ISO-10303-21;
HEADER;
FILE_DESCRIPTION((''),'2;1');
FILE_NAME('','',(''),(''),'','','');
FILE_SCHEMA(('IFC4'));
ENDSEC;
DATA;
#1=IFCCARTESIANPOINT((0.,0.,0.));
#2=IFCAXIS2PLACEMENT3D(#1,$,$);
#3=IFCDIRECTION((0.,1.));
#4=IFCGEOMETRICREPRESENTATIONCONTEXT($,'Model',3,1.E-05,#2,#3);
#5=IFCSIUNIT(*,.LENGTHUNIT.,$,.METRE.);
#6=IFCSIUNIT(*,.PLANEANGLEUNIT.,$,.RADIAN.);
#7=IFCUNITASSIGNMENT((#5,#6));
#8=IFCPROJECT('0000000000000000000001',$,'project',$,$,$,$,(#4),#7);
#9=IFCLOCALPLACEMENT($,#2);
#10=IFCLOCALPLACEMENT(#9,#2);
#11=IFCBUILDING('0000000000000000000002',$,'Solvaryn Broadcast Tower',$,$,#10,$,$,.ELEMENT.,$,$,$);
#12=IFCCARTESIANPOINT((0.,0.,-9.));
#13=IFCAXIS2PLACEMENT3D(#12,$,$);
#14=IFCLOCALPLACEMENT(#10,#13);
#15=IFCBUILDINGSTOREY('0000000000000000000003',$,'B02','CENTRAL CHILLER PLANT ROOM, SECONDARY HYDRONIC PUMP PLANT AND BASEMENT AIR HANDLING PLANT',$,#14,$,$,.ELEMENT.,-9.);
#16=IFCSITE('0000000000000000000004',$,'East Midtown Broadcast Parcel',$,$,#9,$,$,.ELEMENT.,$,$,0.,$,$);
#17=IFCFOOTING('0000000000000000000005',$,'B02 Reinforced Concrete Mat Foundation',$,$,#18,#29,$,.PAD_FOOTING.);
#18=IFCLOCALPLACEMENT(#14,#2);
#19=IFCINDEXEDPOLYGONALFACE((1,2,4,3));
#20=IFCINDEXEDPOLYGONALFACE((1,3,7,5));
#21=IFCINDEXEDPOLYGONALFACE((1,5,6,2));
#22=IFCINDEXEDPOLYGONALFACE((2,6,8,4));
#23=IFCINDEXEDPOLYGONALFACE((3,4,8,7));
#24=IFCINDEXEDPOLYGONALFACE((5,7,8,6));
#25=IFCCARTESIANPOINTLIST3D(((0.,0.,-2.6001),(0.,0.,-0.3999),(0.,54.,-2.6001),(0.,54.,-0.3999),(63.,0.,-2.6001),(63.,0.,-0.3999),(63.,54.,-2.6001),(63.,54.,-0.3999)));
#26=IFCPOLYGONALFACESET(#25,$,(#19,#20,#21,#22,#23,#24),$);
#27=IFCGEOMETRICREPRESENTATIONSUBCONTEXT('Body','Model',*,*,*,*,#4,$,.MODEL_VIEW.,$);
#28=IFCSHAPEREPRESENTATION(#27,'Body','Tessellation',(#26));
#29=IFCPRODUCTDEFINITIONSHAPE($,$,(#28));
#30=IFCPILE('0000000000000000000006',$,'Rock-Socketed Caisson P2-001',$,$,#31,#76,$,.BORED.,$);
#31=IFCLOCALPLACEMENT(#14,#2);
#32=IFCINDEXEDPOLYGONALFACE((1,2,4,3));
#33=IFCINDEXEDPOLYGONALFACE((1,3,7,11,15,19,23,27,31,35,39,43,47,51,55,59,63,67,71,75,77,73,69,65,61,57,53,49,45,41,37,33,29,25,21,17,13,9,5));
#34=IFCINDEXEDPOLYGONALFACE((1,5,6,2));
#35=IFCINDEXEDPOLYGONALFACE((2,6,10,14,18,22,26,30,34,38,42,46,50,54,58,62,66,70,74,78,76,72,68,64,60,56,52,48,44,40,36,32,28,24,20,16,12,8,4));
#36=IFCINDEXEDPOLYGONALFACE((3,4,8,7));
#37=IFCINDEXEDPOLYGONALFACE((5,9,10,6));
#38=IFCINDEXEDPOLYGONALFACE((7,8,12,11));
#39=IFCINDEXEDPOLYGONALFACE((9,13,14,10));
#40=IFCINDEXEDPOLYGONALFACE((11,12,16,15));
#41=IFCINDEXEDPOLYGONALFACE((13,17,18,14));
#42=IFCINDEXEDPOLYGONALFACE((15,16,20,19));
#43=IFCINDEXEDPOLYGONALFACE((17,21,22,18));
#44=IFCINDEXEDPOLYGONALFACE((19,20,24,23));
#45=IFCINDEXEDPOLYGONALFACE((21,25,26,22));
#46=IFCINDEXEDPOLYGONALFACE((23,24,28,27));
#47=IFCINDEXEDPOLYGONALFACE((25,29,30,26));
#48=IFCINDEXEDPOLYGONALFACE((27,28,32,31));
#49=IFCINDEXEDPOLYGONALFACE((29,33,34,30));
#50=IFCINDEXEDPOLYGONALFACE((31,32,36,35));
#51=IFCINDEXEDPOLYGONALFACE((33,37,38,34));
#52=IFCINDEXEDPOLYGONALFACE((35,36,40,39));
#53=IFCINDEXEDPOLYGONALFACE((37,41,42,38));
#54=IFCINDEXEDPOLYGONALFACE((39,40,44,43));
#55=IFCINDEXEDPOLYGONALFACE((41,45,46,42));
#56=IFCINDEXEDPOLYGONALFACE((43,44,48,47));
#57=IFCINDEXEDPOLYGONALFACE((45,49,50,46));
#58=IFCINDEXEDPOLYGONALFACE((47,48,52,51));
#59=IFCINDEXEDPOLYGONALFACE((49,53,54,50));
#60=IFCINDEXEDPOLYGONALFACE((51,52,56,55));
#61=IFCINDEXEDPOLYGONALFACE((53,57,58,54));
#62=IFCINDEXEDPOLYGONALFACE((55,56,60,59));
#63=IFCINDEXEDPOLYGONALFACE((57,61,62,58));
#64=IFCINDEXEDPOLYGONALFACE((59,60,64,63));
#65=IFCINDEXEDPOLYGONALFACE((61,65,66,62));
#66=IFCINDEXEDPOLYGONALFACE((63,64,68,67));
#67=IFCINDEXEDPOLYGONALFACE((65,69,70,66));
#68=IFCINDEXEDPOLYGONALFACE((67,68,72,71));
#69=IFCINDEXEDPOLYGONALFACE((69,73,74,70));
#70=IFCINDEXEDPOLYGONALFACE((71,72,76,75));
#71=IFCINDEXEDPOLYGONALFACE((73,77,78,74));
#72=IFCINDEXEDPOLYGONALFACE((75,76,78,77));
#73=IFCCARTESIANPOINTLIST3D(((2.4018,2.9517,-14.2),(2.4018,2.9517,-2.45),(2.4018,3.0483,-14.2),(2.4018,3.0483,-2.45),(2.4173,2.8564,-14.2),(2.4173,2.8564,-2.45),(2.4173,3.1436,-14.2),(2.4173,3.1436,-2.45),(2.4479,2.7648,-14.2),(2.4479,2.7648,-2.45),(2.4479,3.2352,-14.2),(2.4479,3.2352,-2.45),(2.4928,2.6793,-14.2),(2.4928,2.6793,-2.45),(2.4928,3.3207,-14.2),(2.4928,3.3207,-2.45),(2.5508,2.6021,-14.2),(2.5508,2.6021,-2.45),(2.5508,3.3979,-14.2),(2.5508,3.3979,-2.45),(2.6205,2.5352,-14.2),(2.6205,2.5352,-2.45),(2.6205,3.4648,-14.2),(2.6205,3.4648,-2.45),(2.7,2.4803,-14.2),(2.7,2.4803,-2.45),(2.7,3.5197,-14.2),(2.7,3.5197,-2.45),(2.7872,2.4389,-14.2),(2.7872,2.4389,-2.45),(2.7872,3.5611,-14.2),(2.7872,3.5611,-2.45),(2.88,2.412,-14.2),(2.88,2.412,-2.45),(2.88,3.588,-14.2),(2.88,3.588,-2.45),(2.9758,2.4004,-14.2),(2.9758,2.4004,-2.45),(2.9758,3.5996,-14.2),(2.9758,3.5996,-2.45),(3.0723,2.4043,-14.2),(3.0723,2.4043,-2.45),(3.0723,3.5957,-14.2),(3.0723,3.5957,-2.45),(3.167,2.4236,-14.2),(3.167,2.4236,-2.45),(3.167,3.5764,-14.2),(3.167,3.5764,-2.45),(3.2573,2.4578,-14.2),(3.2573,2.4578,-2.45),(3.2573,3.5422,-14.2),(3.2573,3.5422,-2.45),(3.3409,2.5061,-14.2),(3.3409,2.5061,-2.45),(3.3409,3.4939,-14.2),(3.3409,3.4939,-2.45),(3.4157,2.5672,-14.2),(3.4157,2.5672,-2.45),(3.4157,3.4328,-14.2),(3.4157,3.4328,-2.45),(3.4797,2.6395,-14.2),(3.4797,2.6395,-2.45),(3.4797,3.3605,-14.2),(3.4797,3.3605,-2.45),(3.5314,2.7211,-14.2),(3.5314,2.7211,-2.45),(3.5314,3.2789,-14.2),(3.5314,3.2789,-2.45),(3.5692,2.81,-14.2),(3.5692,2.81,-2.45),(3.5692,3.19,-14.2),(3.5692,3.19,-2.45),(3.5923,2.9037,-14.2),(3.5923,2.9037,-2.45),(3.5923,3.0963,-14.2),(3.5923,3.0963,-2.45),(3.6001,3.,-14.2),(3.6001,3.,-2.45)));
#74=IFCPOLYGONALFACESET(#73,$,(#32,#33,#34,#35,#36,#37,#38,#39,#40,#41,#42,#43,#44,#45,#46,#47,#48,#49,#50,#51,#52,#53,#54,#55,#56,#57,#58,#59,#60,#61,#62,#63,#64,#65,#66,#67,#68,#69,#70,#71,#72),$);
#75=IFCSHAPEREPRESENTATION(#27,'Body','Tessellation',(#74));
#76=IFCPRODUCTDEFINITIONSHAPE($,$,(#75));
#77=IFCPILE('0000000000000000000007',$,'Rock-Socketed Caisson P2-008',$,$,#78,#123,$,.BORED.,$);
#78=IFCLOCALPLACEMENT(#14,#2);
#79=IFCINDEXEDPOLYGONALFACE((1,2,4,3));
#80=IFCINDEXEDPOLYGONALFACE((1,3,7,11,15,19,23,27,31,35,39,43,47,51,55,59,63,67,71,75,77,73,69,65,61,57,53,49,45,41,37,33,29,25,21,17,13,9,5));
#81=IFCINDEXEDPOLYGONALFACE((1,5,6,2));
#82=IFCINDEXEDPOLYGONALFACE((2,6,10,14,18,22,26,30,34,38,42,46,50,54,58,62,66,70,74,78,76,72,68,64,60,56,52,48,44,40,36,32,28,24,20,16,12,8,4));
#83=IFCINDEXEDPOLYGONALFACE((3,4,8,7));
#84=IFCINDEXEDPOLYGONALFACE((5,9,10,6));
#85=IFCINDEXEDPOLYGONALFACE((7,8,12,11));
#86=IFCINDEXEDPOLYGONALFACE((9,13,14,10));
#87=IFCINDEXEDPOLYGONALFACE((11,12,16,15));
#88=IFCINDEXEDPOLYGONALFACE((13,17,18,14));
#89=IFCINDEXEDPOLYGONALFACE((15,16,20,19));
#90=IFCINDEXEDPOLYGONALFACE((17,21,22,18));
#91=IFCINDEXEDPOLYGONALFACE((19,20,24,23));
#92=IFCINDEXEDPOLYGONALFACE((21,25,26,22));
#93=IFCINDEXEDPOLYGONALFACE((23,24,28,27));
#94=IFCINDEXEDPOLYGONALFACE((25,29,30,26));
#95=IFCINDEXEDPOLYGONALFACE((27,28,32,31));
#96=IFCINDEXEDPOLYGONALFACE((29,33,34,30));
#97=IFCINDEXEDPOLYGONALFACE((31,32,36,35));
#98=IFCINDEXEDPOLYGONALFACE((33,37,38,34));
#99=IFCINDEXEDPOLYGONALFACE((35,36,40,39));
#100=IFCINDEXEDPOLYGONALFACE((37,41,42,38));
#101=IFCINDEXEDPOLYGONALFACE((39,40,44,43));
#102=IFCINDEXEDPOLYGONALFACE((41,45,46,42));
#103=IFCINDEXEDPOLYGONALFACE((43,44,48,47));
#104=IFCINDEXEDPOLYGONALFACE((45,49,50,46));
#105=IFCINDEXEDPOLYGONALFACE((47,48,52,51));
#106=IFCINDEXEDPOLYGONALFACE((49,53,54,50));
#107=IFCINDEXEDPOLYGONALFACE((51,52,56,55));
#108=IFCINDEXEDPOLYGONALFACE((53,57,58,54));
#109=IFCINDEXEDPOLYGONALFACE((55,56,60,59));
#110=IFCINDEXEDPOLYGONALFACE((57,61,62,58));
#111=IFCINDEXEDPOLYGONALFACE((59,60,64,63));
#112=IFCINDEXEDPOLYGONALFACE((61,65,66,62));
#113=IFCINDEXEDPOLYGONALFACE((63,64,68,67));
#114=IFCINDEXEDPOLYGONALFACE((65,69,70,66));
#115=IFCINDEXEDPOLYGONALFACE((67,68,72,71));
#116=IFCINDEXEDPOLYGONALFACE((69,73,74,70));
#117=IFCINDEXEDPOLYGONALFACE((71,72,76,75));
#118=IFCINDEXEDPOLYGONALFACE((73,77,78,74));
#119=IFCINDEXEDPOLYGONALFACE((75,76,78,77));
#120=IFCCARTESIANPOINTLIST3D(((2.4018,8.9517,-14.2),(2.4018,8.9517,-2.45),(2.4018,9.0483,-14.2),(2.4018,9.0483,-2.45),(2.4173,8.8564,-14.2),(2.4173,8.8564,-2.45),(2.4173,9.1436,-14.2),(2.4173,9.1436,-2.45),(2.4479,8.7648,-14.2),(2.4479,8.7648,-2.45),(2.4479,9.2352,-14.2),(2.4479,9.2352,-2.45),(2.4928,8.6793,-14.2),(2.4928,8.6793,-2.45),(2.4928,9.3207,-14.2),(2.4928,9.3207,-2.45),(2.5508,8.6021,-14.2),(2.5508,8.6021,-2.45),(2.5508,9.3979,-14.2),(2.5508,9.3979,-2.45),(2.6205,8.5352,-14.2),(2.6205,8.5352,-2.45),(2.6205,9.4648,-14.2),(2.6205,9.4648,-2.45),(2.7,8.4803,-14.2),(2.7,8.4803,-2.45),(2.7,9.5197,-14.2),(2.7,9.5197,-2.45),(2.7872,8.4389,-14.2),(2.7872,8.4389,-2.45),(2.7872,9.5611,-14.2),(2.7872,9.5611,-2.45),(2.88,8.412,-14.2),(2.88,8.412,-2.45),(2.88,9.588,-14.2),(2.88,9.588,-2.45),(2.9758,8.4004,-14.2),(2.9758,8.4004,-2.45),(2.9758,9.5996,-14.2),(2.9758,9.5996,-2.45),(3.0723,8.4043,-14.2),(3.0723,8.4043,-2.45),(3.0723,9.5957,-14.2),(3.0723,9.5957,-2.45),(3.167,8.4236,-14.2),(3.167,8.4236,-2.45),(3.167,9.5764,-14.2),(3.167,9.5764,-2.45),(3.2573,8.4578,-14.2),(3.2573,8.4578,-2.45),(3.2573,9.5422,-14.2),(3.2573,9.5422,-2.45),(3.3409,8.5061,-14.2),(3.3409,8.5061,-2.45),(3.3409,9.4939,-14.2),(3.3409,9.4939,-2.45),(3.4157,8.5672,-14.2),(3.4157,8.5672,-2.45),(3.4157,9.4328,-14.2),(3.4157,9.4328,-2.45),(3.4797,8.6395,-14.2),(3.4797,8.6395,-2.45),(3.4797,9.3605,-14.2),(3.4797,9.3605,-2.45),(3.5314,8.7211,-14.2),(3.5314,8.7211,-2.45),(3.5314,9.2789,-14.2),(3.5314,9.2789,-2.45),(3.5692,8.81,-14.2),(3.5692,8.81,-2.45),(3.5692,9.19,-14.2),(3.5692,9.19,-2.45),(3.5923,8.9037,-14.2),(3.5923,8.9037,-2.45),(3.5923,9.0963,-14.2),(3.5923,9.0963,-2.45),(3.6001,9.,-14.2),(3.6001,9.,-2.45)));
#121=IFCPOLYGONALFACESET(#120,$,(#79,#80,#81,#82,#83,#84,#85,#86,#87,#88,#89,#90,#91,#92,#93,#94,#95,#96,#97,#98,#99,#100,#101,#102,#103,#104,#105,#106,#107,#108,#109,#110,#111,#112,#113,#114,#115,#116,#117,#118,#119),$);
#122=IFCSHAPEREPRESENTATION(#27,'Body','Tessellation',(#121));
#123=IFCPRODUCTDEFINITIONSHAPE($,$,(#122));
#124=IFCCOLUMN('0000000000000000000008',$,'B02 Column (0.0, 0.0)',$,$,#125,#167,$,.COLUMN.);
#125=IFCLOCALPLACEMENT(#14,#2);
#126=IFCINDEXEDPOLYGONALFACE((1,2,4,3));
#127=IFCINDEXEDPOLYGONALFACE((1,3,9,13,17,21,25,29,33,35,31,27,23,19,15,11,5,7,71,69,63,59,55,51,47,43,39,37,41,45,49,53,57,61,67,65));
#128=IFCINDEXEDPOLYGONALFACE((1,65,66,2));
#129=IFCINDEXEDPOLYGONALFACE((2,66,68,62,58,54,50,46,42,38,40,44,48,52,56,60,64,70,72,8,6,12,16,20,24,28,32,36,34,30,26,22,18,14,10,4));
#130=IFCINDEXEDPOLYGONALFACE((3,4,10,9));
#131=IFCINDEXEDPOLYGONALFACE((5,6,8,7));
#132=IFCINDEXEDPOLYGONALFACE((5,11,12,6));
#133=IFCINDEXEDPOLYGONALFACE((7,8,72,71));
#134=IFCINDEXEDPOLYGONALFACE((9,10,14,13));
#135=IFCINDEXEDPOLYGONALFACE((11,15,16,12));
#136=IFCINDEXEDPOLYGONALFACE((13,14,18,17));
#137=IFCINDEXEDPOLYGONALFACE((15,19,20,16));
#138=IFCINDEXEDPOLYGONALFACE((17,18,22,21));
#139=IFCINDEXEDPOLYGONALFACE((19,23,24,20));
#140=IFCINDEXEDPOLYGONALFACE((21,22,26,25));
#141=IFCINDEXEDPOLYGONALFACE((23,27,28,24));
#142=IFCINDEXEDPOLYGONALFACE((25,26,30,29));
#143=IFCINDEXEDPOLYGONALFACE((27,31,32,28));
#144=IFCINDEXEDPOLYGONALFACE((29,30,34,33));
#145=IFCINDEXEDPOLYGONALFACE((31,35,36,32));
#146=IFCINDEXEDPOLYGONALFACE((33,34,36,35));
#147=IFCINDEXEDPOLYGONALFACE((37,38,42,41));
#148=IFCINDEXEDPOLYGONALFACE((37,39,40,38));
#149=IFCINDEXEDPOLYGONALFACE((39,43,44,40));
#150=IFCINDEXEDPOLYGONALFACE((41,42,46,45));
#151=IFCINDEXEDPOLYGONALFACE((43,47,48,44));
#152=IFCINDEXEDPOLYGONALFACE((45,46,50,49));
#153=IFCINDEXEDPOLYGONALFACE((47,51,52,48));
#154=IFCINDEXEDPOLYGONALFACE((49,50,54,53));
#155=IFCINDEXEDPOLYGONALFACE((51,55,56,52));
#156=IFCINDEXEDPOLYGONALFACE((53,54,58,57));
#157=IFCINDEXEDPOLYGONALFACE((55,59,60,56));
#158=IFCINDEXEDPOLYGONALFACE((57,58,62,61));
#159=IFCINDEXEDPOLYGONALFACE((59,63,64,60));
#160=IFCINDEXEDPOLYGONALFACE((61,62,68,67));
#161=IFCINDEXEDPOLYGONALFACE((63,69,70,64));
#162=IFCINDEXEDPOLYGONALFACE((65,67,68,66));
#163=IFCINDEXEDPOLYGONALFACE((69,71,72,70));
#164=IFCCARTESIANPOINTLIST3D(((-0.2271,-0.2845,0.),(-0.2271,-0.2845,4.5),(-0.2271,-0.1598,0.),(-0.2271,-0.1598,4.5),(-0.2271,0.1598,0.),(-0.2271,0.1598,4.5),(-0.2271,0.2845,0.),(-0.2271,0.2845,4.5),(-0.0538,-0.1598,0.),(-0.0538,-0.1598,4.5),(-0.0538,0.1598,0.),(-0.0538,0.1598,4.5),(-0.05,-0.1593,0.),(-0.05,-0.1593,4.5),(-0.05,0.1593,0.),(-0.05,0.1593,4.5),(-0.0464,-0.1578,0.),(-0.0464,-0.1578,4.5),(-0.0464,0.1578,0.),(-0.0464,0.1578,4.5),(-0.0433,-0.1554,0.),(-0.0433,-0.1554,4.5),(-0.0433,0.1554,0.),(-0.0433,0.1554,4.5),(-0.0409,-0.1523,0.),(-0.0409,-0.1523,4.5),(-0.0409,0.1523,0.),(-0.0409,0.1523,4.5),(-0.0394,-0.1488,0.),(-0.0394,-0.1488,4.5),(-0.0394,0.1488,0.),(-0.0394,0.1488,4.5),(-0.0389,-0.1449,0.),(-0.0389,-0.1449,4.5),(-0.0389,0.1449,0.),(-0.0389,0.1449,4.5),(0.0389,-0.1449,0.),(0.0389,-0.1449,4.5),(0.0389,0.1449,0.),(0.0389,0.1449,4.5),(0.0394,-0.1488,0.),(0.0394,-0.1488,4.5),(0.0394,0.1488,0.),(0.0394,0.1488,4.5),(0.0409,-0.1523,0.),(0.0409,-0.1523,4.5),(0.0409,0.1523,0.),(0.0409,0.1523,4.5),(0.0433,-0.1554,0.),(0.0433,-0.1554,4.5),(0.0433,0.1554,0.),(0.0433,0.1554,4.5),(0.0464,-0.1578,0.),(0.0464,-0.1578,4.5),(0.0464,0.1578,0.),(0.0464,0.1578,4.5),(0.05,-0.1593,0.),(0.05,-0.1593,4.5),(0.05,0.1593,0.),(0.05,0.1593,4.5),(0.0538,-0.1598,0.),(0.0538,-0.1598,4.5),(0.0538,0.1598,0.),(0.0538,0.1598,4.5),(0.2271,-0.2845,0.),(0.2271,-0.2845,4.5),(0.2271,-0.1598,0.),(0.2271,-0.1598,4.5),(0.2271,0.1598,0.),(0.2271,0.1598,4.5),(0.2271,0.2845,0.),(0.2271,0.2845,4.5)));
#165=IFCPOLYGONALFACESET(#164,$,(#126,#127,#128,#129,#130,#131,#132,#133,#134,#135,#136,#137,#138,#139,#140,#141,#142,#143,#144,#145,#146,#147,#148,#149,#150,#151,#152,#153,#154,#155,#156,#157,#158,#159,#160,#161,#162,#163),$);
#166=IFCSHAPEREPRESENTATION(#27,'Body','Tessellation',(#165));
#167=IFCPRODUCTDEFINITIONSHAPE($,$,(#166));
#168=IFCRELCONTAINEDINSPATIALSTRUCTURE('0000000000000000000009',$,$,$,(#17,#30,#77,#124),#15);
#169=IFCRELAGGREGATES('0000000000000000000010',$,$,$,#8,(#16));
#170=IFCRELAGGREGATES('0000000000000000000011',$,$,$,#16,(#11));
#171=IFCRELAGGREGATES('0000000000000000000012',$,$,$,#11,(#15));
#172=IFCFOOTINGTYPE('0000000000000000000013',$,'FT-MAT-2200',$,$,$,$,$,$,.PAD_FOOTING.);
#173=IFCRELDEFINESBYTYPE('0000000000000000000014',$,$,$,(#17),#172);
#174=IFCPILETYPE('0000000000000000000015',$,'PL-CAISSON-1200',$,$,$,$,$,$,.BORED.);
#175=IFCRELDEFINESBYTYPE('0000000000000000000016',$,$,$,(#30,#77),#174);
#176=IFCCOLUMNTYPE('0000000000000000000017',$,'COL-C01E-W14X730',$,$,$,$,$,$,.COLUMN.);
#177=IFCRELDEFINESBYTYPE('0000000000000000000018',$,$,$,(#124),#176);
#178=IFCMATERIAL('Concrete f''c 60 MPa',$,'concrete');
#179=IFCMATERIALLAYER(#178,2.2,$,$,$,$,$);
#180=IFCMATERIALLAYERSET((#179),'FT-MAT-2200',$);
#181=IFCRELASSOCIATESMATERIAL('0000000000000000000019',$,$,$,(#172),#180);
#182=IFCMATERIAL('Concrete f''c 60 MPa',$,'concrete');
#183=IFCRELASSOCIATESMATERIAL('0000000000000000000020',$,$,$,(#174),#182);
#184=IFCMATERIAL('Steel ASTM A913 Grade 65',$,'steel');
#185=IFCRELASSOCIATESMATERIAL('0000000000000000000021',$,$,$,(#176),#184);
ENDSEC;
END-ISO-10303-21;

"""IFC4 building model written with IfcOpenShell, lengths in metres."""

from ifc_helpers import new_model, si_unit, direction, frame, origin, origin_2d, place, context, subcontext, project, spatial, polyline, circle, i_section, outline, extrude, material, layer, layer_set, material_profile, profile_set, type_object, element, save


model = new_model("IFC4")

# Units and contexts
model_context = context("Model", 3, precision=1e-05, world=origin(), true_north=direction((0.0, 1.0)))
body_context = subcontext(model_context, "Body", "Model", "MODEL_VIEW")
ifc_project = project(units=[si_unit("LENGTHUNIT", "METRE"), si_unit("PLANEANGLEUNIT", "RADIAN")], contexts=[model_context])

# Site, building, storey
site_placement = place(None, origin())
site = spatial("IfcSite", under=ifc_project, at=site_placement, Name="East Midtown Broadcast Parcel", CompositionType="ELEMENT", RefElevation=0.0)
building_placement = place(site_placement, origin())
building = spatial("IfcBuilding", under=site, at=building_placement, Name="Solvaryn Broadcast Tower", CompositionType="ELEMENT")
storey_placement = place(building_placement, frame((0.0, 0.0, -9.0)))
storey = spatial("IfcBuildingStorey", under=building, at=storey_placement, Name="B02", Description="CENTRAL CHILLER PLANT ROOM, SECONDARY HYDRONIC PUMP PLANT AND BASEMENT AIR HANDLING PLANT", CompositionType="ELEMENT", Elevation=-9.0)

# Footing
ifc_material_1 = material(Name="Concrete f'c 60 MPa", Category="concrete")
ifc_layer_1 = layer(ifc_material_1, 2.2)
ifc_layer_set_1 = layer_set([ifc_layer_1], Name="FT-MAT-2200")
footing_type = type_object("IfcFootingType", Name="FT-MAT-2200", PredefinedType="PAD_FOOTING", material=ifc_layer_set_1)
footing_placement = place(storey_placement, frame((0.0, 0.0, -2.6001)))
element("IfcFooting", 1, at=footing_placement, inside=storey, type_object=footing_type, Name="B02 Reinforced Concrete Mat Foundation", PredefinedType="PAD_FOOTING", context=body_context, shape_type="SweptSolid", body=[
    extrude(outline(polyline([(0.0, 0.0), (63.0, 0.0), (63.0, 54.0), (0.0, 54.0), (0.0, 0.0)])), origin(), (0.0, 0.0, 1.0), 2.2002),
])

# Piles
ifc_material_2 = material(Name="Concrete f'c 60 MPa", Category="concrete")
ifc_material_profile_1 = material_profile(ifc_material_2, circle(Radius=0.6001, at=origin_2d()))
ifc_profile_set_1 = profile_set([ifc_material_profile_1], Name="Concrete f'c 60 MPa")
pile_type = type_object("IfcPileType", Name="PL-CAISSON-1200", PredefinedType="BORED", material=ifc_profile_set_1)
for number, where, z_axis, x_axis, name in (
    (2, (3.0, 3.0, -2.45), (0.0, 0.0, -1.0), (1.0, 0.0, 0.0), "Rock-Socketed Caisson P2-001"),
    (3, (3.0, 9.0, -2.45), (0.0, 0.0, -1.0), (1.0, 0.0, 0.0), "Rock-Socketed Caisson P2-008"),
):
    element("IfcPile", number, at=place(storey_placement, frame(where, z_axis=z_axis, x_axis=x_axis)), inside=storey, type_object=pile_type, Name=name, PredefinedType="BORED", context=body_context, shape_type="SweptSolid", body=[
        extrude(circle(Radius=0.6001, at=origin_2d()), origin(), (0.0, 0.0, 1.0), 11.75),
    ])

# Column
ifc_material_3 = material(Name="Steel ASTM A913 Grade 65", Category="steel")
ifc_material_profile_2 = material_profile(ifc_material_3, i_section(OverallWidth=0.4541, OverallDepth=0.5691, WebThickness=0.0779, FlangeThickness=0.1248, FilletRadius=0.0149, at=origin_2d()))
ifc_profile_set_2 = profile_set([ifc_material_profile_2], Name="Steel ASTM A913 Grade 65")
column_type_1 = type_object("IfcColumnType", Name="COL-C01E-W14X730", PredefinedType="COLUMN", material=ifc_profile_set_2)
for number, where, z_axis, x_axis, name in (
    (4, (0.0, 0.0, 0.0), (0.0, 0.0, 1.0), (1.0, 0.0, 0.0), "B02 Column (0.0, 0.0)"),
):
    element("IfcColumn", number, at=place(storey_placement, frame(where, z_axis=z_axis, x_axis=x_axis)), inside=storey, type_object=column_type_1, Name=name, PredefinedType="COLUMN", context=body_context, shape_type="SweptSolid", body=[
        extrude(i_section(OverallWidth=0.4541, OverallDepth=0.5691, WebThickness=0.0779, FlangeThickness=0.1248, FilletRadius=0.0149, at=origin_2d()), origin(), (0.0, 0.0, 1.0), 4.5),
    ])

save(model, "model.ifc")
